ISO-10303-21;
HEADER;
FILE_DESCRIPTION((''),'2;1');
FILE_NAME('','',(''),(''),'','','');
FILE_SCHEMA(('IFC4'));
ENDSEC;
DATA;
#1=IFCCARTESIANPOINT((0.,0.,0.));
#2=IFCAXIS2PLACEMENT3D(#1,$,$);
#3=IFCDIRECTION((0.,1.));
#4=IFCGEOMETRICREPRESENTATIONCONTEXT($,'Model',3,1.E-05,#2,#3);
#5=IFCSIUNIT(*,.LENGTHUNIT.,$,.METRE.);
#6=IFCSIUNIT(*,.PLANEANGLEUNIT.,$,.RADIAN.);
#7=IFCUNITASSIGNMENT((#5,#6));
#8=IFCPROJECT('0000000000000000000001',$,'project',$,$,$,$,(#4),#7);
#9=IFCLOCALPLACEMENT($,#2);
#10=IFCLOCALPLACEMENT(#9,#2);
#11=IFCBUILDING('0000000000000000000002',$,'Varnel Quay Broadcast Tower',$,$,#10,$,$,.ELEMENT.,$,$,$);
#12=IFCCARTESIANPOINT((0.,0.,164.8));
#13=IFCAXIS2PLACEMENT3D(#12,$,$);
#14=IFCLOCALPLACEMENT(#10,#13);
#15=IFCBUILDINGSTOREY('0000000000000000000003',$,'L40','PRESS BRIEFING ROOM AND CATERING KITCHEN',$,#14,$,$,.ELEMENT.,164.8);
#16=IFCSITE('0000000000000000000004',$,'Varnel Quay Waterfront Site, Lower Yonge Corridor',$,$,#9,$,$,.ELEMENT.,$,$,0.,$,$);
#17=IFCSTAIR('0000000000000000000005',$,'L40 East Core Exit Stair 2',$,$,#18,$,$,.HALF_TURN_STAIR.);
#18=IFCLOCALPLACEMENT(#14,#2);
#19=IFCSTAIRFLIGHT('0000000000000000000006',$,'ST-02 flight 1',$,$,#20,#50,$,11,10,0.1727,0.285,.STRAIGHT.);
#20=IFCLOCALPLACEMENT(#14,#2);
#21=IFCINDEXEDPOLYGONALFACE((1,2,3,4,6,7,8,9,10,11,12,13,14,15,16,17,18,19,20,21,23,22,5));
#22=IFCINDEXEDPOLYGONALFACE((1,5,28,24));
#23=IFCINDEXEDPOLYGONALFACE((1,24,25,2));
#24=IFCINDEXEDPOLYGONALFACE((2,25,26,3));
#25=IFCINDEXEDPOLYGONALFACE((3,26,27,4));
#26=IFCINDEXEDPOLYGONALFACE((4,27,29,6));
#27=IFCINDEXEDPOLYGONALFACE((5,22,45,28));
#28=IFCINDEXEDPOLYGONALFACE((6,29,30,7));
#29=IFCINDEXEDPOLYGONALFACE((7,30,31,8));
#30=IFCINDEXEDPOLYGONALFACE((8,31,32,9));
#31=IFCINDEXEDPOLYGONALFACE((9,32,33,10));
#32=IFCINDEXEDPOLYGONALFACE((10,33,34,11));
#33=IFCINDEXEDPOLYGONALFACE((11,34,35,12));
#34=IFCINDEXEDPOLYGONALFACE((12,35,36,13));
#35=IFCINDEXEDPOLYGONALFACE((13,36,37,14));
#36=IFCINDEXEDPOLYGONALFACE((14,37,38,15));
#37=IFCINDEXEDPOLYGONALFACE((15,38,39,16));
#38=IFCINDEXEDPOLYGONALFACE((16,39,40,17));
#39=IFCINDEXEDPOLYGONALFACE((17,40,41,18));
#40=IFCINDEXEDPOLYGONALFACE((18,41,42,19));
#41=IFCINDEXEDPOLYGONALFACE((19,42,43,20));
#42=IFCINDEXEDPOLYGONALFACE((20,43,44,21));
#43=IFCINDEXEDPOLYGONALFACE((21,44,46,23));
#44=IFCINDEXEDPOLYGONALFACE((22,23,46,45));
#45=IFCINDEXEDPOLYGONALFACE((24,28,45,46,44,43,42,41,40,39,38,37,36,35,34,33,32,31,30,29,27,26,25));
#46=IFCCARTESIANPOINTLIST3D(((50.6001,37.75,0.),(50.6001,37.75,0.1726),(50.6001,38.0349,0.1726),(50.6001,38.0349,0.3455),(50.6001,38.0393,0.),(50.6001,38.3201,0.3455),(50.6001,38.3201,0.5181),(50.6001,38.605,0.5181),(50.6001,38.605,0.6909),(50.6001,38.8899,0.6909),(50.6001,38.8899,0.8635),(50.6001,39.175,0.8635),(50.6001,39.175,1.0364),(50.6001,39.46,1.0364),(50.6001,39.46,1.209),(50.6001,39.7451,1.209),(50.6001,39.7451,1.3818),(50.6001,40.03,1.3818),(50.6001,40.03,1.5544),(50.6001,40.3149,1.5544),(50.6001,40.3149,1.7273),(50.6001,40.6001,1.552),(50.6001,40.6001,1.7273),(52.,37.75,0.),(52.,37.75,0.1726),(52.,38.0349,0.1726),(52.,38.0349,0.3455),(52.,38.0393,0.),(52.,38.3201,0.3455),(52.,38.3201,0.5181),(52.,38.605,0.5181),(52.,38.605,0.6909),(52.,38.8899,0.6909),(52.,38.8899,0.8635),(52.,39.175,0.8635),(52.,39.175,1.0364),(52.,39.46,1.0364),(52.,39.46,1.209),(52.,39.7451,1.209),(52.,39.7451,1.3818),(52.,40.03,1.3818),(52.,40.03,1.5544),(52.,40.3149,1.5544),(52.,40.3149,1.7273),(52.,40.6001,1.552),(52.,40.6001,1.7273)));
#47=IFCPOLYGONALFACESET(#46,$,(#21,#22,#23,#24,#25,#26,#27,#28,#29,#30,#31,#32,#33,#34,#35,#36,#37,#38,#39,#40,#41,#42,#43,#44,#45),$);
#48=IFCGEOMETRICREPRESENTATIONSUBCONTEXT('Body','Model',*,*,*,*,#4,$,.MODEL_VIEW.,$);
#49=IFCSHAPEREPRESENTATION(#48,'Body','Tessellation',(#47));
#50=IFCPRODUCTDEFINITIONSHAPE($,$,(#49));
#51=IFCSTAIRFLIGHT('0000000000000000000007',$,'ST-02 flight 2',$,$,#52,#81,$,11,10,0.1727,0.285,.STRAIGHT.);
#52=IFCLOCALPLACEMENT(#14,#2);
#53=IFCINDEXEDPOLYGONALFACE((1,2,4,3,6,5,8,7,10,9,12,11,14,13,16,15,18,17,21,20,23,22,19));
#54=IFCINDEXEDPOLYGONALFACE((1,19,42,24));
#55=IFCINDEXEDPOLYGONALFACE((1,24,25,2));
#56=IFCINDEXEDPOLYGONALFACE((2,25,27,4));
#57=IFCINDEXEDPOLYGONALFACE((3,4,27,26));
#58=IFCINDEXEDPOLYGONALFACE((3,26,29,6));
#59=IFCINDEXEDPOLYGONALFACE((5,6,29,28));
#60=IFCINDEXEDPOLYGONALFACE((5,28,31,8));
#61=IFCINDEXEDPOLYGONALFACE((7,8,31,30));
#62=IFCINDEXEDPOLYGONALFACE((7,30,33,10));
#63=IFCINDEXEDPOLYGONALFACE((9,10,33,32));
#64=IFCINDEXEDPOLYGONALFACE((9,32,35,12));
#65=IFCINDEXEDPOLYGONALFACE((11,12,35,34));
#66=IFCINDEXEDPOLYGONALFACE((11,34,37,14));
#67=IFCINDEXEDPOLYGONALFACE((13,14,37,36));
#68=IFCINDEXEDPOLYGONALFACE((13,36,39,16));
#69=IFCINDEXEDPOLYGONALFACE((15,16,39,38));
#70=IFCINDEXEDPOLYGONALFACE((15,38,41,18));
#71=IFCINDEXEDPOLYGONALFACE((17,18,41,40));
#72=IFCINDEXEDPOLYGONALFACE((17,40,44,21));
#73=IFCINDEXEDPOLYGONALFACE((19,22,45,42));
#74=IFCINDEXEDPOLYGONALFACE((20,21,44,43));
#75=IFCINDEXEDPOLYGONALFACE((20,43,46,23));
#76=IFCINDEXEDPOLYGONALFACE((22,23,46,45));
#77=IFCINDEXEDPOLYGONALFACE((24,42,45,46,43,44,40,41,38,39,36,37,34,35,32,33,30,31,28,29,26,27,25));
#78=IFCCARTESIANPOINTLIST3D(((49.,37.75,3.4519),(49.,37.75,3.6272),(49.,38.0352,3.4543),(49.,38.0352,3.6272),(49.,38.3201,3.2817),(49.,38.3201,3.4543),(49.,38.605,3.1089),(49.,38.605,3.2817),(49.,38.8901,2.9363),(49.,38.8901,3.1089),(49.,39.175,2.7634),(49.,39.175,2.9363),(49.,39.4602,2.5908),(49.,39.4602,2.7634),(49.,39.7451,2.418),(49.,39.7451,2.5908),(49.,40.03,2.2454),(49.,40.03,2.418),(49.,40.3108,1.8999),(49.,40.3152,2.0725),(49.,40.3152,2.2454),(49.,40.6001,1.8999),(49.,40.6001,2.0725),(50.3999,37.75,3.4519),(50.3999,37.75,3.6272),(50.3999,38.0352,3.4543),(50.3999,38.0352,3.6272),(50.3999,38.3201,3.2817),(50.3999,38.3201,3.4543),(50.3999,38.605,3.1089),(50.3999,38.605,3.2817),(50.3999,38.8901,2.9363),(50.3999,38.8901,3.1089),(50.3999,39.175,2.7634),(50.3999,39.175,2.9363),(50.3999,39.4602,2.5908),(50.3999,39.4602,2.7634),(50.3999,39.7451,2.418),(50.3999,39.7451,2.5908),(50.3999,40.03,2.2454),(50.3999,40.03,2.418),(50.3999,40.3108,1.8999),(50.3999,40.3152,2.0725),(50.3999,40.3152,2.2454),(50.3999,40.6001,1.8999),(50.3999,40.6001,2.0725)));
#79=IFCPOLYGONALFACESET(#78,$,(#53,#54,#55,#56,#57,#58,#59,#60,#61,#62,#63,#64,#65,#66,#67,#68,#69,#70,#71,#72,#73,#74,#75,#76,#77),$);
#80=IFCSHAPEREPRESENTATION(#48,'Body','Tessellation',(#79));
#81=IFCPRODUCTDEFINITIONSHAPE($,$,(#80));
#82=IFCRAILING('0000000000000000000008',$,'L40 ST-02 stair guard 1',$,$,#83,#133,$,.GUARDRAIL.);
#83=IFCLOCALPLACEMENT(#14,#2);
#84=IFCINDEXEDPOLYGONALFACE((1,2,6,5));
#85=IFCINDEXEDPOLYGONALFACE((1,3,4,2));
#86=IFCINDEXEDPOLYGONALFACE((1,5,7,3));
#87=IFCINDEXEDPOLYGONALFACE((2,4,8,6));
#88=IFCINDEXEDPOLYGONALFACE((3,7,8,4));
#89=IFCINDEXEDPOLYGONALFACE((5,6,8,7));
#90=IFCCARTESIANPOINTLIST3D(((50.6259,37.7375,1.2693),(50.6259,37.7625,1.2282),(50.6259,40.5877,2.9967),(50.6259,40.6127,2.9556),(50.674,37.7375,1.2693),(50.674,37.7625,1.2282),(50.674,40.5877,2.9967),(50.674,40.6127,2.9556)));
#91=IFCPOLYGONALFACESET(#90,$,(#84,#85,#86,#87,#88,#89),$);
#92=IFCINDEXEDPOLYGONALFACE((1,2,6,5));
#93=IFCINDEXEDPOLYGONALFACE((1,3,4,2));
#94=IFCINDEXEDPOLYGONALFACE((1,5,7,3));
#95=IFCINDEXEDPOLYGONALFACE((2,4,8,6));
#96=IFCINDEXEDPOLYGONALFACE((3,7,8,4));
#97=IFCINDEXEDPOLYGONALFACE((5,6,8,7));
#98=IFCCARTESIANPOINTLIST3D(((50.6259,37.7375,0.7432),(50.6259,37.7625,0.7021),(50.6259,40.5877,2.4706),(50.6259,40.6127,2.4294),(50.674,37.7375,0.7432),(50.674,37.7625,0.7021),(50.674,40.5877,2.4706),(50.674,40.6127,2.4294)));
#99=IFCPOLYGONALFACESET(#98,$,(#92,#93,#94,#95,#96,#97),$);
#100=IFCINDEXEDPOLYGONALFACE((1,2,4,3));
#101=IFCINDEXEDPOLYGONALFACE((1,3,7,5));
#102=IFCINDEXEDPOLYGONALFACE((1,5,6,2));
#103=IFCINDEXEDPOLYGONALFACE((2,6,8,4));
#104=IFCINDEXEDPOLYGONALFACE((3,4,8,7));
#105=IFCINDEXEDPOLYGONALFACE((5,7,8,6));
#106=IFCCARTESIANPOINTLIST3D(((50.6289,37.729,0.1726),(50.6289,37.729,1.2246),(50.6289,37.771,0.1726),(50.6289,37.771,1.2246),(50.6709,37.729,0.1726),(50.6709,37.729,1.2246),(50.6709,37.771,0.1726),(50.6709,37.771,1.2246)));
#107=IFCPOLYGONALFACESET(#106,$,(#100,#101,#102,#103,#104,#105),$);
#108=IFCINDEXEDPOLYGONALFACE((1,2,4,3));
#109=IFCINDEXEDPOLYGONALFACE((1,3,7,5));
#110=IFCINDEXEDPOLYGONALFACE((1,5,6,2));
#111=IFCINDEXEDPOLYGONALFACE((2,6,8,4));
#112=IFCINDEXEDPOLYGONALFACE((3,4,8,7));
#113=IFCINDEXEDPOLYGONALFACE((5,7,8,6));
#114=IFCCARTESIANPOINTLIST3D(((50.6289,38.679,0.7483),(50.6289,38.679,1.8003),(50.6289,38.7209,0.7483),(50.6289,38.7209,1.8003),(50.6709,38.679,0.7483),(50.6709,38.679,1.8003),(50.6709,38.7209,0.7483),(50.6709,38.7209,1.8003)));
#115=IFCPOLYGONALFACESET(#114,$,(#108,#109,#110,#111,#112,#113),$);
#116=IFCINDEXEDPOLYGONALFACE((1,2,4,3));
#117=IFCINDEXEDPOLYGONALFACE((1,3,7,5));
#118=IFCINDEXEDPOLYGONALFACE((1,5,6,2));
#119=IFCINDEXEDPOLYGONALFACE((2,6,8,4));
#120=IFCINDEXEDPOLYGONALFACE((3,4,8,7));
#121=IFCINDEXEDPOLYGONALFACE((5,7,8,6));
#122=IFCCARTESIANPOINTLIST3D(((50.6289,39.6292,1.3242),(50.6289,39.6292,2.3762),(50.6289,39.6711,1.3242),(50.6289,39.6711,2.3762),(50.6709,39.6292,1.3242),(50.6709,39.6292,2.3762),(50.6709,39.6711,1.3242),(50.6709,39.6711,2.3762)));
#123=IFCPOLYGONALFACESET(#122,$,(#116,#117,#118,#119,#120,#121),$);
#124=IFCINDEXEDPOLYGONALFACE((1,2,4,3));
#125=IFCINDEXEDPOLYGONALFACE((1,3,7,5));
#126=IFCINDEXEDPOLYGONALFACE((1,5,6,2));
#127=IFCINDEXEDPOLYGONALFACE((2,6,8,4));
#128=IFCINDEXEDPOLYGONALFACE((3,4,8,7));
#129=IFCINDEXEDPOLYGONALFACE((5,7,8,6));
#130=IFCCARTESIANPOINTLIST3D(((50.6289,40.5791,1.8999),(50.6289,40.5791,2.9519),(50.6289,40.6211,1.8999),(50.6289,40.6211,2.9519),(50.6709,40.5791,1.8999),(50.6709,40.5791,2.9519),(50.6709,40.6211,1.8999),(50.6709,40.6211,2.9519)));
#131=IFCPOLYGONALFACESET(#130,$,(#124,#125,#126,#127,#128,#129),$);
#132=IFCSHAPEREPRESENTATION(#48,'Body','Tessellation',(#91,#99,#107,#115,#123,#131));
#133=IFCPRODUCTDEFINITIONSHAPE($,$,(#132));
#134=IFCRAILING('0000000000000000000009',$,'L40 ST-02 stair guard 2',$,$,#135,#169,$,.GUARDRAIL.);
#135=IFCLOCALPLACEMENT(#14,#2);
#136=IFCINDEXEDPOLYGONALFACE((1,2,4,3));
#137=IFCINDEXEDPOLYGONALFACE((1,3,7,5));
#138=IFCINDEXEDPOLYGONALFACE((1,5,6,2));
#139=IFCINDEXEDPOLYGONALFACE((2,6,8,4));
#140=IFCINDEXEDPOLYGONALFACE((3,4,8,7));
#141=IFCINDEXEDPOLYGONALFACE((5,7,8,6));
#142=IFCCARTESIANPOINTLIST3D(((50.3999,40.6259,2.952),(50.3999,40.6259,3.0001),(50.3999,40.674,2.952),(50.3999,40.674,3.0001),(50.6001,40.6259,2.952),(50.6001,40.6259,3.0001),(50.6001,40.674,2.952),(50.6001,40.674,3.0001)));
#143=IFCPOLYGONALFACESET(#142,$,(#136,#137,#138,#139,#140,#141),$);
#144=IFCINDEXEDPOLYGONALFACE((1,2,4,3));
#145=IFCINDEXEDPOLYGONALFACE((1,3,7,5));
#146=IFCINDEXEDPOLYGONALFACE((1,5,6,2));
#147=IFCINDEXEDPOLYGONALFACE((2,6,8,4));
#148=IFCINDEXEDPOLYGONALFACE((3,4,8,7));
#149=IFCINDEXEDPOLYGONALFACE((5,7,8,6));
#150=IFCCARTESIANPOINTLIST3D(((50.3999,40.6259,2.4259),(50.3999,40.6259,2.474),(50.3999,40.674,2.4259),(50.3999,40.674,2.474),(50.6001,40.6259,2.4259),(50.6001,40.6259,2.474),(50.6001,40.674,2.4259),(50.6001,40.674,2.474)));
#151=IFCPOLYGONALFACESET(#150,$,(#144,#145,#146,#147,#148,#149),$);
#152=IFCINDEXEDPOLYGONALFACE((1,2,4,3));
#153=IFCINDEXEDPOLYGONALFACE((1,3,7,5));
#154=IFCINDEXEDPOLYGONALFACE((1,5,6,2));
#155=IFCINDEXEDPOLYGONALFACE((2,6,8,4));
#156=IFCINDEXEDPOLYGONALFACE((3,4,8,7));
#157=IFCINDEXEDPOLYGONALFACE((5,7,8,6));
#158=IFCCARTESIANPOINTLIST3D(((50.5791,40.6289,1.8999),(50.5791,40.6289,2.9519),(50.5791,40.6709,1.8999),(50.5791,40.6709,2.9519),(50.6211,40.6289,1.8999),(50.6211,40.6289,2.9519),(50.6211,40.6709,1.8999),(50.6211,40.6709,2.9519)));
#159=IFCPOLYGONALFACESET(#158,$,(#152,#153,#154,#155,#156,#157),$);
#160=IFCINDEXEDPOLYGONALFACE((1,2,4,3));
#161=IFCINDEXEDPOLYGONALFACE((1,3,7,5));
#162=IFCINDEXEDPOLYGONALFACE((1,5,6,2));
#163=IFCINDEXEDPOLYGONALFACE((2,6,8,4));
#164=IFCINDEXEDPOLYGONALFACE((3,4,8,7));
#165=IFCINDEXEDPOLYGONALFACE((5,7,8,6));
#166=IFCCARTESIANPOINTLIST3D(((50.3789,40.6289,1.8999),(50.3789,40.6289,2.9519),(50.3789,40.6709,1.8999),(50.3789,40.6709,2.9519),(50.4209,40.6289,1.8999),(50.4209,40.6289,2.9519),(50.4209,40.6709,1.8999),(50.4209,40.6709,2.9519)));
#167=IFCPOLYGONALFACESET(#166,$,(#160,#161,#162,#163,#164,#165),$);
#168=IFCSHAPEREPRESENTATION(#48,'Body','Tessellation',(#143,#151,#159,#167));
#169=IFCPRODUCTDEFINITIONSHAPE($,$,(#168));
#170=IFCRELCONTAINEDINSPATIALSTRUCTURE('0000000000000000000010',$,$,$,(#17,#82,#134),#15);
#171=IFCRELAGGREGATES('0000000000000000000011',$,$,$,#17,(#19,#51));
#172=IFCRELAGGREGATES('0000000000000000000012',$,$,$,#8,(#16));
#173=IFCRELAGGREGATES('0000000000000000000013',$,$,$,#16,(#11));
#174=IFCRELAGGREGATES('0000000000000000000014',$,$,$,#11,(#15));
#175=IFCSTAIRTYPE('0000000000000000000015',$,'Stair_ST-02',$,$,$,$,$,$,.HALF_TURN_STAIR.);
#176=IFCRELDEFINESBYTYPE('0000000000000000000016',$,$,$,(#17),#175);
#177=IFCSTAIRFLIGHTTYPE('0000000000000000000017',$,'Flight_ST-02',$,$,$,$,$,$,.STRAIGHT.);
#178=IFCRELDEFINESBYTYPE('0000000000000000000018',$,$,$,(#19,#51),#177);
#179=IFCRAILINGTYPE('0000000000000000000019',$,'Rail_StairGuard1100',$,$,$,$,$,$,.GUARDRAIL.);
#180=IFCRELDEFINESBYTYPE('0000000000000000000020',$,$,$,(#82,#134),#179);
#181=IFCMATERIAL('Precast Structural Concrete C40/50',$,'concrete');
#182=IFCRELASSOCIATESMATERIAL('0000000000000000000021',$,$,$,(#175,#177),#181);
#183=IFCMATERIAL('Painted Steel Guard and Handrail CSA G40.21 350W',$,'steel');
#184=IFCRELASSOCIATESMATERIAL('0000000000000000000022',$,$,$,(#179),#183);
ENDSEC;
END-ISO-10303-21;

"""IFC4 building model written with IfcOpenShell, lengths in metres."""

from ifc_helpers import new_model, si_unit, direction, frame, origin, origin_2d, place, context, subcontext, project, spatial, polyline, rectangle, outline, extrude, material, type_object, element, aggregate, save


model = new_model("IFC4")

# Units and contexts
model_context = context("Model", 3, precision=1e-05, world=origin(), true_north=direction((0.0, 1.0)))
body_context = subcontext(model_context, "Body", "Model", "MODEL_VIEW")
ifc_project = project(units=[si_unit("LENGTHUNIT", "METRE"), si_unit("PLANEANGLEUNIT", "RADIAN")], contexts=[model_context])

# Site, building, storey
site_placement = place(None, origin())
site = spatial("IfcSite", under=ifc_project, at=site_placement, Name="Varnel Quay Waterfront Site, Lower Yonge Corridor", CompositionType="ELEMENT", RefElevation=0.0)
building_placement = place(site_placement, origin())
building = spatial("IfcBuilding", under=site, at=building_placement, Name="Varnel Quay Broadcast Tower", CompositionType="ELEMENT")
storey_placement = place(building_placement, frame((0.0, 0.0, 164.8)))
storey = spatial("IfcBuildingStorey", under=building, at=storey_placement, Name="L40", Description="PRESS BRIEFING ROOM AND CATERING KITCHEN", CompositionType="ELEMENT", Elevation=164.8)

# Stair, stair flights
ifc_material_1 = material(Name="Precast Structural Concrete C40/50", Category="concrete")
stair_type = type_object("IfcStairType", Name="Stair_ST-02", PredefinedType="HALF_TURN_STAIR", material=ifc_material_1)
stair_placement = place(storey_placement, origin())
stair = element("IfcStair", 1, at=stair_placement, inside=storey, type_object=stair_type, Name="L40 East Core Exit Stair 2", PredefinedType="HALF_TURN_STAIR")
stair_flight_type = type_object("IfcStairFlightType", Name="Flight_ST-02", PredefinedType="STRAIGHT", material=ifc_material_1)
stair_flight_1_placement = place(storey_placement, frame((51.3, 37.75, 0.0), z_axis=(0.0, 0.0, 1.0), x_axis=(0.0, 1.0, 0.0)))
stair_flight_1 = element("IfcStairFlight", 2, at=stair_flight_1_placement, type_object=stair_flight_type, Name="ST-02 flight 1", NumberOfRisers=11, NumberOfTreads=10, PredefinedType="STRAIGHT", RiserHeight=0.1727, TreadLength=0.285, context=body_context, shape_type="SweptSolid", body=[
    extrude(outline(polyline([(0.0, 0.0), (0.0, 0.1726), (0.2849, 0.1726), (0.2849, 0.3455), (0.5701, 0.3455), (0.5701, 0.5181), (0.855, 0.5181), (0.855, 0.6909), (1.1399, 0.6909), (1.1399, 0.8635), (1.425, 0.8635), (1.425, 1.0364), (1.71, 1.0364), (1.71, 1.209), (1.9951, 1.209), (1.9951, 1.3818), (2.28, 1.3818), (2.28, 1.5544), (2.5649, 1.5544), (2.5649, 1.7273), (2.8501, 1.7273), (2.8501, 1.8999), (2.8501, 1.552), (0.2893, 0.0), (0.0, 0.0)])), frame((0.0, 0.7, 0.0), z_axis=(0.0, -1.0, 0.0), x_axis=(1.0, 0.0, 0.0)), (0.0, 0.0, 1.0), 1.3999),
])
stair_flight_2_placement = place(storey_placement, frame((49.7, 40.6001, 1.8999), z_axis=(0.0, 0.0, 1.0), x_axis=(0.0, -1.0, 0.0)))
stair_flight_2 = element("IfcStairFlight", 3, at=stair_flight_2_placement, type_object=stair_flight_type, Name="ST-02 flight 2", NumberOfRisers=11, NumberOfTreads=10, PredefinedType="STRAIGHT", RiserHeight=0.1727, TreadLength=0.285, context=body_context, shape_type="SweptSolid", body=[
    extrude(outline(polyline([(0.0, 0.0), (0.0, 0.1726), (0.2849, 0.1726), (0.2849, 0.3455), (0.5701, 0.3455), (0.5701, 0.5181), (0.855, 0.5181), (0.855, 0.6909), (1.1399, 0.6909), (1.1399, 0.8635), (1.425, 0.8635), (1.425, 1.0364), (1.71, 1.0364), (1.71, 1.209), (1.9951, 1.209), (1.9951, 1.3818), (2.28, 1.3818), (2.28, 1.5544), (2.5649, 1.5544), (2.5649, 1.7273), (2.8501, 1.7273), (2.8501, 1.8999), (2.8501, 1.552), (0.2893, 0.0), (0.0, 0.0)])), frame((0.0, 0.7, 0.0), z_axis=(0.0, -1.0, 0.0), x_axis=(1.0, 0.0, 0.0)), (0.0, 0.0, 1.0), 1.3999),
])
aggregate(stair, [stair_flight_1, stair_flight_2])

# Railings
ifc_material_2 = material(Name="Painted Steel Guard and Handrail CSA G40.21 350W", Category="steel")
railing_type_1 = type_object("IfcRailingType", Name="Rail_StairGuard1100", PredefinedType="GUARDRAIL", material=ifc_material_2)
railing_1_placement = place(storey_placement, frame((50.6499, 37.75, 0.1726)))
element("IfcRailing", 4, at=railing_1_placement, inside=storey, type_object=railing_type_1, Name="L40 ST-02 stair guard 1", PredefinedType="GUARDRAIL", context=body_context, shape_type="SweptSolid", body=[
    extrude(rectangle(XDim=0.0481, YDim=0.0481, at=origin_2d()), frame((0.0, 0.0, 1.0762), z_axis=(0.0, 0.855203, 0.518294), x_axis=(-1.0, 0.0, 0.0)), (0.0, 0.0, 1.0), 3.3328),
    extrude(rectangle(XDim=0.0481, YDim=0.0481, at=origin_2d()), frame((0.0, 0.0, 0.55), z_axis=(0.0, 0.855203, 0.518294), x_axis=(-1.0, 0.0, 0.0)), (0.0, 0.0, 1.0), 3.3328),
    extrude(rectangle(XDim=0.042, YDim=0.042, at=origin_2d()), origin(), (0.0, 0.0, 1.0), 1.052),
    extrude(rectangle(XDim=0.042, YDim=0.042, at=origin_2d()), frame((0.0, 0.95, 0.5757)), (0.0, 0.0, 1.0), 1.052),
    extrude(rectangle(XDim=0.042, YDim=0.042, at=origin_2d()), frame((0.0, 1.9001, 1.1516)), (0.0, 0.0, 1.0), 1.052),
    extrude(rectangle(XDim=0.042, YDim=0.042, at=origin_2d()), frame((0.0, 2.8501, 1.7273)), (0.0, 0.0, 1.0), 1.052),
])
railing_2_placement = place(storey_placement, frame((50.6001, 40.6499, 1.8999)))
element("IfcRailing", 5, at=railing_2_placement, inside=storey, type_object=railing_type_1, Name="L40 ST-02 stair guard 2", PredefinedType="GUARDRAIL", context=body_context, shape_type="SweptSolid", body=[
    extrude(rectangle(XDim=0.0481, YDim=0.0481, at=origin_2d()), frame((0.0, 0.0, 1.0762), z_axis=(-1.0, 0.0, 0.0), x_axis=(0.0, -1.0, 0.0)), (0.0, 0.0, 1.0), 0.2002),
    extrude(rectangle(XDim=0.0481, YDim=0.0481, at=origin_2d()), frame((0.0, 0.0, 0.55), z_axis=(-1.0, 0.0, 0.0), x_axis=(0.0, -1.0, 0.0)), (0.0, 0.0, 1.0), 0.2002),
    extrude(rectangle(XDim=0.042, YDim=0.042, at=origin_2d()), origin(), (0.0, 0.0, 1.0), 1.052),
    extrude(rectangle(XDim=0.042, YDim=0.042, at=origin_2d()), frame((-0.2002, 0.0, 0.0)), (0.0, 0.0, 1.0), 1.052),
])

save(model, "model.ifc")
